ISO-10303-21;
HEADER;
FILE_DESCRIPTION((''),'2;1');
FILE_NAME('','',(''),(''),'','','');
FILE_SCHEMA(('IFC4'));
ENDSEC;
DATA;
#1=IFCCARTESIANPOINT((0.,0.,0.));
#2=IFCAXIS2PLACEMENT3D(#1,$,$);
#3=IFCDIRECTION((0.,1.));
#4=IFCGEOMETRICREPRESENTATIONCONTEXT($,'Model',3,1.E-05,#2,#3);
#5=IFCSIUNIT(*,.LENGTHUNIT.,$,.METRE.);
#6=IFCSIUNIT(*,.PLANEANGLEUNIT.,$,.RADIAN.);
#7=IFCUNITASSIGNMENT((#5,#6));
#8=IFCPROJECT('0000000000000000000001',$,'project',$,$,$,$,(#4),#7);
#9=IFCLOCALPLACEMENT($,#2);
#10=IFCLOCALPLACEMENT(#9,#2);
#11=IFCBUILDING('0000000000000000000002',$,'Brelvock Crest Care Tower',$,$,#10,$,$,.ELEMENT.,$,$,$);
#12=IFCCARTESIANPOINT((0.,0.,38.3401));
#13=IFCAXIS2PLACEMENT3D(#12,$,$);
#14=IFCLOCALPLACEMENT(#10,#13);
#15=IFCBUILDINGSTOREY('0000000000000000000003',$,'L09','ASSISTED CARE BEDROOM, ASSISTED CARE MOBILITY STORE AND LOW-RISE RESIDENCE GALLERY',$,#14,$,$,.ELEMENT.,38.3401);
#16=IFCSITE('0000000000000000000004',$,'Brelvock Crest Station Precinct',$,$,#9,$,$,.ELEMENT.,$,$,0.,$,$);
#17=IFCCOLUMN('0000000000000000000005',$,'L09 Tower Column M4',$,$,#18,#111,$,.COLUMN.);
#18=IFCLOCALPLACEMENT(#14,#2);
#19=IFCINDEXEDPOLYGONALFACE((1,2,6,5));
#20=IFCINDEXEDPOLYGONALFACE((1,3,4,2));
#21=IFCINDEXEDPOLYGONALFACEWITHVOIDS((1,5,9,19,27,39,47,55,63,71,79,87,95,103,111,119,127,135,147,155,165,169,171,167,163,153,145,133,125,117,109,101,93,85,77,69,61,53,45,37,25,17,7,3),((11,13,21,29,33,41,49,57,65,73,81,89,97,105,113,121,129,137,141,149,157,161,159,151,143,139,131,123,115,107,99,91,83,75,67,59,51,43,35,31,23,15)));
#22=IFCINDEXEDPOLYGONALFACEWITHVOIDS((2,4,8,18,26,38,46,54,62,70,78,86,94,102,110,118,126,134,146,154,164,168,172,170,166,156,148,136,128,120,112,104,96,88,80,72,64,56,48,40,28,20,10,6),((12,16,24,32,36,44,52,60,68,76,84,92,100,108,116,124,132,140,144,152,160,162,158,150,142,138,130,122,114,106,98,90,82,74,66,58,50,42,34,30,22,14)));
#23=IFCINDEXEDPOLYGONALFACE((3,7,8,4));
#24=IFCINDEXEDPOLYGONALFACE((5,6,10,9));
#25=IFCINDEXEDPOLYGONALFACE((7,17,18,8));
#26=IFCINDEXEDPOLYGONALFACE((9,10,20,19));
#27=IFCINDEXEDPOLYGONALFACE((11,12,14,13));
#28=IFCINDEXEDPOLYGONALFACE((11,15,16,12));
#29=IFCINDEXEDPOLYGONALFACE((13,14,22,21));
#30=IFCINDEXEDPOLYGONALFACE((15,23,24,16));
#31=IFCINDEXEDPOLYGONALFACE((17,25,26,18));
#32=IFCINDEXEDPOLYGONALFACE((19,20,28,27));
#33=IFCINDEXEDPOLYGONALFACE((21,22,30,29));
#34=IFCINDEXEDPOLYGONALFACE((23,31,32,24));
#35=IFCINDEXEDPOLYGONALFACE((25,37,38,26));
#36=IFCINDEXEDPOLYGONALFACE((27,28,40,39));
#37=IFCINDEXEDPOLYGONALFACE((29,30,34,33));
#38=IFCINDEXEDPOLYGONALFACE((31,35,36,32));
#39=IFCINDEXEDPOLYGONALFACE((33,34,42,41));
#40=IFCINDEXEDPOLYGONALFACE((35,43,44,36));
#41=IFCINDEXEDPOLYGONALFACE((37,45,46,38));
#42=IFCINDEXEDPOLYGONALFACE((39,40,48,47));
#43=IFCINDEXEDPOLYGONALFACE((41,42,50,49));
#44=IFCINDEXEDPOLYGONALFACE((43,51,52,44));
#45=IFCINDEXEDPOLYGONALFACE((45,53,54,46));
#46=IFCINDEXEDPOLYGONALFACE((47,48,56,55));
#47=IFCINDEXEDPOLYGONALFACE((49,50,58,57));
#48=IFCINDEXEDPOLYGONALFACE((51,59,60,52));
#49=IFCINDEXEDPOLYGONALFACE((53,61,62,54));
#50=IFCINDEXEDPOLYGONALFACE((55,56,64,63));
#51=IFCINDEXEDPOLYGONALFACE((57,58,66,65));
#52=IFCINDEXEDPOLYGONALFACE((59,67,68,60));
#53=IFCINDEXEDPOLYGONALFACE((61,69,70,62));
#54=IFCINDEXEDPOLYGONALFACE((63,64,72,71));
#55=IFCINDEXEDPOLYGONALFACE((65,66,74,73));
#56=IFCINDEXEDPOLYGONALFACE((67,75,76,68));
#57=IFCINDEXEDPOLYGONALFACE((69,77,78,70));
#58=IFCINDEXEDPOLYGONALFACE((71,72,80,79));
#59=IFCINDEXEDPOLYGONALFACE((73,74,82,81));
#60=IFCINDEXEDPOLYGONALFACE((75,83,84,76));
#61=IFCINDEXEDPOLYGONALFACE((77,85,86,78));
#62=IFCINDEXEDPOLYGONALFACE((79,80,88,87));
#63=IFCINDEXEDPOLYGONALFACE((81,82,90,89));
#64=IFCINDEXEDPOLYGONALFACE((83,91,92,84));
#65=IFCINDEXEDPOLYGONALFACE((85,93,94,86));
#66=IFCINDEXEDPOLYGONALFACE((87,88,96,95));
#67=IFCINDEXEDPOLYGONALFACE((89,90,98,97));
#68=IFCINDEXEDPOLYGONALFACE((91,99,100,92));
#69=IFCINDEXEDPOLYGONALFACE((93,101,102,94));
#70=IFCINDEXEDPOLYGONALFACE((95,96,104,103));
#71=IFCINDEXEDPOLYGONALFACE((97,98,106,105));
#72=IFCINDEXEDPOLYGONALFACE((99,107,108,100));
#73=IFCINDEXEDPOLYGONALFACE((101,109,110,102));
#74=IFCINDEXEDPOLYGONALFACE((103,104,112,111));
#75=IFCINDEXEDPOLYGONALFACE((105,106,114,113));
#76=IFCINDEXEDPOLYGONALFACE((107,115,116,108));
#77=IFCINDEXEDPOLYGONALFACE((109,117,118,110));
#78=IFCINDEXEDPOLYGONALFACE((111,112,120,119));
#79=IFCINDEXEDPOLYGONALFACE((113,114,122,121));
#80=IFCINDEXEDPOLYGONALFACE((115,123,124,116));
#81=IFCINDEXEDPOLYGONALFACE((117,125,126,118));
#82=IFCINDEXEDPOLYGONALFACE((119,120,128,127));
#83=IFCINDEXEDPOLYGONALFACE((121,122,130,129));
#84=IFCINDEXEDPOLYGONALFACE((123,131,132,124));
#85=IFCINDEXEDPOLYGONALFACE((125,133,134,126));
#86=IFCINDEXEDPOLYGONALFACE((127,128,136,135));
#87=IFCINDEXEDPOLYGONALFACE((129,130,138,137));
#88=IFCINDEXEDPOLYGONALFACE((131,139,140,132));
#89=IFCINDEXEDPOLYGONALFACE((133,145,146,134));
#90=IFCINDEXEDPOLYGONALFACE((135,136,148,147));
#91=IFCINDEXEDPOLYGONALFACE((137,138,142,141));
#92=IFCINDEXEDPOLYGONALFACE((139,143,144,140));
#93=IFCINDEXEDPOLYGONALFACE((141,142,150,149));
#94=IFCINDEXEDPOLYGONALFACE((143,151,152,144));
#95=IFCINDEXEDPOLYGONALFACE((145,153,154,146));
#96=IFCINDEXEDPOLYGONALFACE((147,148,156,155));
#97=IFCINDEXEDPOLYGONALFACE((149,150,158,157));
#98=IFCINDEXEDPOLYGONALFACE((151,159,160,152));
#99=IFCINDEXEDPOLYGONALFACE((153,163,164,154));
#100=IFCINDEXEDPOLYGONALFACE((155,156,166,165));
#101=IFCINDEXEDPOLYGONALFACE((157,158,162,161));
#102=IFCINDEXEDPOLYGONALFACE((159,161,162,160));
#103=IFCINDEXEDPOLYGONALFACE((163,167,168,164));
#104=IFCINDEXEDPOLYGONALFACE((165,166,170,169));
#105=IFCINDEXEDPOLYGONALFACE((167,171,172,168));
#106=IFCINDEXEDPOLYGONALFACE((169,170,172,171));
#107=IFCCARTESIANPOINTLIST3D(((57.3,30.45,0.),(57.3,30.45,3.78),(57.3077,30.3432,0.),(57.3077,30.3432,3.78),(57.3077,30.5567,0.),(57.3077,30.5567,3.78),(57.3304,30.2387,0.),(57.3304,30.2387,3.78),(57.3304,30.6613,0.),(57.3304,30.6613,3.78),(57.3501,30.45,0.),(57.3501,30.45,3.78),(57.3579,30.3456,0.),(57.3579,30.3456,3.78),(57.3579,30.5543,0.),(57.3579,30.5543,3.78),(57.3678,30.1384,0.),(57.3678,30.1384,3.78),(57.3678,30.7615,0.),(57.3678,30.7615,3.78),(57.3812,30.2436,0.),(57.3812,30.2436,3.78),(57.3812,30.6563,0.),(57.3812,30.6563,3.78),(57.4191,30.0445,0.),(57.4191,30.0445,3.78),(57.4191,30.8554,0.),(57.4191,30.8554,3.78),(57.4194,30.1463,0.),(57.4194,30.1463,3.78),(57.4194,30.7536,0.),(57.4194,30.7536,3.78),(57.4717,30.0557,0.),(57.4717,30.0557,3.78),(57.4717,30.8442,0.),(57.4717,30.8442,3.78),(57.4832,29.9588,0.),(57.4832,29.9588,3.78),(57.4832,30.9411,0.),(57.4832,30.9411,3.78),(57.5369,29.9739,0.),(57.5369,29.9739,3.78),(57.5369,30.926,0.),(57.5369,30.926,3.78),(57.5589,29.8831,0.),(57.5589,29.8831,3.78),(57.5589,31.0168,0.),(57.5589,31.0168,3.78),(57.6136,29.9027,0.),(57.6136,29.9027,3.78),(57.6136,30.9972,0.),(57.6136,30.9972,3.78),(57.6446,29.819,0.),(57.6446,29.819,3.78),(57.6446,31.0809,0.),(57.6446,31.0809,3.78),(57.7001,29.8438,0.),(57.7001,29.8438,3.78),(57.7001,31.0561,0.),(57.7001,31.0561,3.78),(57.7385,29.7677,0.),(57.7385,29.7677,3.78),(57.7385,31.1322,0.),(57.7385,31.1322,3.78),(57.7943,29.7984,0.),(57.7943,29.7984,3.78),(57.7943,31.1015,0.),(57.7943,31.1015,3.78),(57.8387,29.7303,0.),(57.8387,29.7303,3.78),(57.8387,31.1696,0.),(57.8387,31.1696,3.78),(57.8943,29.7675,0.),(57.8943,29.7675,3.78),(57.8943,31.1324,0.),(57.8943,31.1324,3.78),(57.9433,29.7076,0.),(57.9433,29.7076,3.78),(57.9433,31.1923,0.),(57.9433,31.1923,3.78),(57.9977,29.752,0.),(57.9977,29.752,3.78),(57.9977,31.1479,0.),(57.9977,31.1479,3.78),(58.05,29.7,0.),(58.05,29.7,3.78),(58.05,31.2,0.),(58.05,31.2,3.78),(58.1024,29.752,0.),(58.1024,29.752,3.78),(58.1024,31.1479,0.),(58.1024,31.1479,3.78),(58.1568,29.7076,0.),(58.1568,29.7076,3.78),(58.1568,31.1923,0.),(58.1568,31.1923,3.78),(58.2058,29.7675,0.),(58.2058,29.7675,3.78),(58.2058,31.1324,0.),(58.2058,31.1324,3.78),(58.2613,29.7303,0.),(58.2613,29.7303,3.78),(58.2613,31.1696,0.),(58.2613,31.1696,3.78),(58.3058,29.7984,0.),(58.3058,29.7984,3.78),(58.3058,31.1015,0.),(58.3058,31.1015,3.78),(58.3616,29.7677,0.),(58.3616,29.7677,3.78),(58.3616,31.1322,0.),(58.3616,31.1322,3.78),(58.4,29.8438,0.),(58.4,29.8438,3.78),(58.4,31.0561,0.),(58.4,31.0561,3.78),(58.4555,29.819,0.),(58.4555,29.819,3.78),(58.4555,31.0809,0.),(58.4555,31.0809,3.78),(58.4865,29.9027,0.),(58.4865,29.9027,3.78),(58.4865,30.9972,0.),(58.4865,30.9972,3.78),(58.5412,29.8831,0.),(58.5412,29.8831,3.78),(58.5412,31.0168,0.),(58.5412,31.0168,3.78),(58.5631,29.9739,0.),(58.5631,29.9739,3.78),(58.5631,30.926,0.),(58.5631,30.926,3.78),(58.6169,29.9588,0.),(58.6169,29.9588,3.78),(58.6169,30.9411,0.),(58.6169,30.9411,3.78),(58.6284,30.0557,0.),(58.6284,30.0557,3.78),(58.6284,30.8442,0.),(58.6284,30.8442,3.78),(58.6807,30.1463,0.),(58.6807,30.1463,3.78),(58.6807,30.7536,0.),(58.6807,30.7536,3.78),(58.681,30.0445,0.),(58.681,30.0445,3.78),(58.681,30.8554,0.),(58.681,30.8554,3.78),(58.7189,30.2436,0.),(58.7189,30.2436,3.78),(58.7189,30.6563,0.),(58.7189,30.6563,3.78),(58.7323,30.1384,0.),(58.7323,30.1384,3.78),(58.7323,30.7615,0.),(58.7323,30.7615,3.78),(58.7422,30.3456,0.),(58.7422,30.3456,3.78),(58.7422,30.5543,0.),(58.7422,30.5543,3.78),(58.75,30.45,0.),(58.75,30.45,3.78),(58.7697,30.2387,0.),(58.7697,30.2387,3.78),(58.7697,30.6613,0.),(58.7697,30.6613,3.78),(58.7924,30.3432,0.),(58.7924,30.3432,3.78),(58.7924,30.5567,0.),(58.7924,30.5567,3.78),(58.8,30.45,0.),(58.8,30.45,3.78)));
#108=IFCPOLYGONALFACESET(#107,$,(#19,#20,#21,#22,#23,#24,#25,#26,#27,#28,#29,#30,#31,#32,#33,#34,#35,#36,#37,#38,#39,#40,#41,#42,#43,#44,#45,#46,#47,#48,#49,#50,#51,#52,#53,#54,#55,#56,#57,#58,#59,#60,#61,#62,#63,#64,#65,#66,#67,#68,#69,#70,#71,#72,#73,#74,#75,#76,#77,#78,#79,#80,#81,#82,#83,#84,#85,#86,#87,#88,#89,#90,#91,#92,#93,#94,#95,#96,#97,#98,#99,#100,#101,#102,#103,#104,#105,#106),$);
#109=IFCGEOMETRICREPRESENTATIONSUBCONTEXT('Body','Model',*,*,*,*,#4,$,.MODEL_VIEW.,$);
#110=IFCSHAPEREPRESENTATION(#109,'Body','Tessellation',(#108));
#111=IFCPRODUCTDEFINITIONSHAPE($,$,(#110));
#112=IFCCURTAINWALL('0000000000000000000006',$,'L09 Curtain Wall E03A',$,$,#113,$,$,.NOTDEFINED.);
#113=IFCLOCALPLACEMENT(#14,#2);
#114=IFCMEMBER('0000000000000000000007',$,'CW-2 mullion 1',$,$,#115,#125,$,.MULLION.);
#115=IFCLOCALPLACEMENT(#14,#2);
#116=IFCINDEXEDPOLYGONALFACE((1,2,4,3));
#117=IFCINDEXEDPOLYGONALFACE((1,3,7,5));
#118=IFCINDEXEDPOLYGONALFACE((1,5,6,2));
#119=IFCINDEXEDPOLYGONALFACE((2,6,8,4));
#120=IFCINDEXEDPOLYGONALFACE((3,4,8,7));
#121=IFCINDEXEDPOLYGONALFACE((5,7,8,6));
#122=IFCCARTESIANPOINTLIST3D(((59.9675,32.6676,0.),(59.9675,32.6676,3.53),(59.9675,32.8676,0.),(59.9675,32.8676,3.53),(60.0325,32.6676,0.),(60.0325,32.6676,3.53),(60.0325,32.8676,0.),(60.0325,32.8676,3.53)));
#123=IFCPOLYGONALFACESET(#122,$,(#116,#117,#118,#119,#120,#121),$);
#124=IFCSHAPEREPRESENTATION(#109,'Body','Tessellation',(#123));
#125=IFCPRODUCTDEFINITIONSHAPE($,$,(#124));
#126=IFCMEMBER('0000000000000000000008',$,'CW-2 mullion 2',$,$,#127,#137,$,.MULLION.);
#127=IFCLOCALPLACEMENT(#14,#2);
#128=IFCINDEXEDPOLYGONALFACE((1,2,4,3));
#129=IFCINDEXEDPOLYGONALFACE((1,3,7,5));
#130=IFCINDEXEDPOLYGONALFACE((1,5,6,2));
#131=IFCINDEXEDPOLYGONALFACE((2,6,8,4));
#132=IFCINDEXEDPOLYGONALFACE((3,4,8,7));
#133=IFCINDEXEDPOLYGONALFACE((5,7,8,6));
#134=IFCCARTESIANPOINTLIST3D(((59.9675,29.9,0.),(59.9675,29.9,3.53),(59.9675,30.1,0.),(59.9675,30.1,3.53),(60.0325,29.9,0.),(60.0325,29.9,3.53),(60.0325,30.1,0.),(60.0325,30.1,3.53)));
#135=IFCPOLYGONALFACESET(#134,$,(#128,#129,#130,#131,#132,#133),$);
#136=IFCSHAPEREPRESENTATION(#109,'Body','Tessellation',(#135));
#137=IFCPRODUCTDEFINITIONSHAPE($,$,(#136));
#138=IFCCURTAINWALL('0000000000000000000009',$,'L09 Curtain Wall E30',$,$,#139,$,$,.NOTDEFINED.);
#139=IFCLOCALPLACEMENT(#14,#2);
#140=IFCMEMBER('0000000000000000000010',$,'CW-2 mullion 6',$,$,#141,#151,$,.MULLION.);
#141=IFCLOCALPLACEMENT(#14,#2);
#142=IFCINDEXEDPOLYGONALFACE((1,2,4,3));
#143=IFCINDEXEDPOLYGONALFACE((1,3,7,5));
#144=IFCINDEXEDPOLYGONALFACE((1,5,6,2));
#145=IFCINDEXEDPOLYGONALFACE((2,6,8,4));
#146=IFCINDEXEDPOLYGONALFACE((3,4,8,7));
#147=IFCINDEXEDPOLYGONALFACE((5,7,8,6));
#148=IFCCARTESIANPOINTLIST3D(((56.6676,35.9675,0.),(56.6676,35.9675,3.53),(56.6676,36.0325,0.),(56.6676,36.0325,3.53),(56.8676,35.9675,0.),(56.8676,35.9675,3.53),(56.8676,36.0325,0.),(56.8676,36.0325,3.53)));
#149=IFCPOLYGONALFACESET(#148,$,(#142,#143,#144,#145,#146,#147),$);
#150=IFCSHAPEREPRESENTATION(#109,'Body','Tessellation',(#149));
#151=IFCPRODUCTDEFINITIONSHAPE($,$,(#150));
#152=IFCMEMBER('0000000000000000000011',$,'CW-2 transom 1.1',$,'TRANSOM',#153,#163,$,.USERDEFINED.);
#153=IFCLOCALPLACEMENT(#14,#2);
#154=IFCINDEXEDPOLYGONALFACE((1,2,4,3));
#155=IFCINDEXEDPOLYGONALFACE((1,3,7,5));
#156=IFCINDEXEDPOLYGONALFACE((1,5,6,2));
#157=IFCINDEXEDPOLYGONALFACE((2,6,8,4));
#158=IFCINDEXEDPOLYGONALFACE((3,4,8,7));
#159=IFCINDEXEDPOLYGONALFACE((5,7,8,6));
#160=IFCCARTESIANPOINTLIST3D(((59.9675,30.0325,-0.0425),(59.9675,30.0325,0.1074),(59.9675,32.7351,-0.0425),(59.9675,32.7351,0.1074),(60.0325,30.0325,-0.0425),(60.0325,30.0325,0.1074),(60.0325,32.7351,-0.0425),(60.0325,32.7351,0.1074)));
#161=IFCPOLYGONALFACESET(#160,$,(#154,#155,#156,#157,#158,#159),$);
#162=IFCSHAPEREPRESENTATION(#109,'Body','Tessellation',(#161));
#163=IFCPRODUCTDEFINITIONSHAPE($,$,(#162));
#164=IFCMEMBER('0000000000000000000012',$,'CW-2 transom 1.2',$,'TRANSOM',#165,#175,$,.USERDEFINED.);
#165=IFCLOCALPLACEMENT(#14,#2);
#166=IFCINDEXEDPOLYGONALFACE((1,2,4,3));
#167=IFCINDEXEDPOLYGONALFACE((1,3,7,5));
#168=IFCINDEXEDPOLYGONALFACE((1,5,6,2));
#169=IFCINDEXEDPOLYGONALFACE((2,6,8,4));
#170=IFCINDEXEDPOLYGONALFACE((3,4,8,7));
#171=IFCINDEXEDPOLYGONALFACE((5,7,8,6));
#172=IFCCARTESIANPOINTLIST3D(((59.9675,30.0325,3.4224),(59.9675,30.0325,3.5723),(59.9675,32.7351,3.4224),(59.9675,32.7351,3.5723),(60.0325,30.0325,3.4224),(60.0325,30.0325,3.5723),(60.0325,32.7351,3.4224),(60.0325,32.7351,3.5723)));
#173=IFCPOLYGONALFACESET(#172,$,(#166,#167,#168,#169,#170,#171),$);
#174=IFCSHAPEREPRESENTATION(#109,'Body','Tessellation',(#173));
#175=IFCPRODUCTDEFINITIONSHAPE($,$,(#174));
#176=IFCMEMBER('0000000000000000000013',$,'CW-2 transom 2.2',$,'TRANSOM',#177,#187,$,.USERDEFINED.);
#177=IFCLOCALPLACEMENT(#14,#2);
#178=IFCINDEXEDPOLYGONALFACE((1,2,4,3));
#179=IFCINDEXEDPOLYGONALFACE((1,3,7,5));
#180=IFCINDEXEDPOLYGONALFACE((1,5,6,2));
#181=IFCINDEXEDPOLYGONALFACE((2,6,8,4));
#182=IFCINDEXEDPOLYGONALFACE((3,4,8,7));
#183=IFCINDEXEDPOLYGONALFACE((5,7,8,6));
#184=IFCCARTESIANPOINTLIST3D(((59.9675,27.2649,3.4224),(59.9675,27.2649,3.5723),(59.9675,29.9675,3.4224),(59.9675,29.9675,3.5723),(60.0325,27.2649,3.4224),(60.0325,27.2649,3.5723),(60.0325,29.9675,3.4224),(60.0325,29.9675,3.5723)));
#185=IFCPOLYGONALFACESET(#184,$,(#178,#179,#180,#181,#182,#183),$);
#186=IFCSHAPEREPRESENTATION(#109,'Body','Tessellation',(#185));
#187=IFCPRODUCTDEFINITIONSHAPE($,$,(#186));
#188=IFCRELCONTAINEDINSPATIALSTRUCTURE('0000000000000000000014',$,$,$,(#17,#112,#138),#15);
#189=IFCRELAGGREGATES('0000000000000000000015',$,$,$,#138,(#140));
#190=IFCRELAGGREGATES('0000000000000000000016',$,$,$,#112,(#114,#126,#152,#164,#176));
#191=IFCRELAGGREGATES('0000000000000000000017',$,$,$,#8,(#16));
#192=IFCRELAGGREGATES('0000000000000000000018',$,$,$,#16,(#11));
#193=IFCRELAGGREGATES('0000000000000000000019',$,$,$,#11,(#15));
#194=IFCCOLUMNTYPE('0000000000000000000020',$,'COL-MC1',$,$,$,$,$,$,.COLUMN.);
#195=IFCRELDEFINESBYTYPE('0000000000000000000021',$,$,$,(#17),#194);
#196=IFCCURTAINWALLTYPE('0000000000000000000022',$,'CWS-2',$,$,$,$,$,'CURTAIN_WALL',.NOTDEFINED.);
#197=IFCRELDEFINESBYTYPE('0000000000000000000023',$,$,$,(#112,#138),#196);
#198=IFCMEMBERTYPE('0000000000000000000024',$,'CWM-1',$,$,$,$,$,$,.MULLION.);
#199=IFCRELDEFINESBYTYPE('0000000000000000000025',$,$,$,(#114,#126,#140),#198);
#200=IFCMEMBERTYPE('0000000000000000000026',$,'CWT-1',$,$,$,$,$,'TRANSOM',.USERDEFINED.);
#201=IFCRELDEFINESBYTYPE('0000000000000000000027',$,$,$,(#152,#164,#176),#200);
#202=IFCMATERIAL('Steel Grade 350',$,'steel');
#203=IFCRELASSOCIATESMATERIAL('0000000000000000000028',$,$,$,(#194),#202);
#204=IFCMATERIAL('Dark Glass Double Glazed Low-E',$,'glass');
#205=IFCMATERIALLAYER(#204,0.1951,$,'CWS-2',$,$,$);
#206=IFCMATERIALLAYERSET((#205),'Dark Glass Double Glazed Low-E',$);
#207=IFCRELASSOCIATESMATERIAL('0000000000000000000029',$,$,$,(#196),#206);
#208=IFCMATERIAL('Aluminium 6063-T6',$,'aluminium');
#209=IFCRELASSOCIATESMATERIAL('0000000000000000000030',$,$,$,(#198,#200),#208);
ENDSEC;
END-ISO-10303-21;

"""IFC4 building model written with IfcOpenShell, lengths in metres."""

from ifc_helpers import new_model, si_unit, direction, frame, origin, origin_2d, place, context, subcontext, project, spatial, rectangle, hollow_circle, extrude, source, transform, mapped, material, layer, layer_set, material_profile, profile_set, type_object, element, aggregate, save


model = new_model("IFC4")

# Units and contexts
model_context = context("Model", 3, precision=1e-05, world=origin(), true_north=direction((0.0, 1.0)))
body_context = subcontext(model_context, "Body", "Model", "MODEL_VIEW")
ifc_project = project(units=[si_unit("LENGTHUNIT", "METRE"), si_unit("PLANEANGLEUNIT", "RADIAN")], contexts=[model_context])

# Site, building, storey
site_placement = place(None, origin())
site = spatial("IfcSite", under=ifc_project, at=site_placement, Name="Brelvock Crest Station Precinct", CompositionType="ELEMENT", RefElevation=0.0)
building_placement = place(site_placement, origin())
building = spatial("IfcBuilding", under=site, at=building_placement, Name="Brelvock Crest Care Tower", CompositionType="ELEMENT")
storey_placement = place(building_placement, frame((0.0, 0.0, 38.3401)))
storey = spatial("IfcBuildingStorey", under=building, at=storey_placement, Name="L09", Description="ASSISTED CARE BEDROOM, ASSISTED CARE MOBILITY STORE AND LOW-RISE RESIDENCE GALLERY", CompositionType="ELEMENT", Elevation=38.3401)

# Column
ifc_material_1 = material(Name="Steel Grade 350", Category="steel")
ifc_material_profile_1 = material_profile(ifc_material_1, hollow_circle(Radius=0.75, WallThickness=0.05, at=origin_2d()), Name="CFT1500x50")
ifc_profile_set_1 = profile_set([ifc_material_profile_1], Name="Steel Grade 350")
column_type = type_object("IfcColumnType", Name="COL-MC1", PredefinedType="COLUMN", material=ifc_profile_set_1)
shared_shape_1 = source(origin(), body_context, "Body", "SweptSolid", [
    extrude(hollow_circle(Radius=0.75, WallThickness=0.05, at=origin_2d()), origin(), (0.0, 0.0, 1.0), 3.78),
])
column_placement = place(storey_placement, frame((58.05, 30.45, 0.0), z_axis=(0.0, 0.0, 1.0), x_axis=(1.0, 0.0, 0.0)))
element("IfcColumn", 1, at=column_placement, inside=storey, type_object=column_type, Name="L09 Tower Column M4", PredefinedType="COLUMN", context=body_context, shape_type="MappedRepresentation", body=[
    mapped(shared_shape_1, transform((0.0, 0.0, 0.0), x_axis=(1.0, 0.0, 0.0), y_axis=(0.0, 1.0, 0.0), z_axis=(0.0, 0.0, 1.0), scale=1.0)),
])

# Curtain wall, members
ifc_material_2 = material(Name="Dark Glass Double Glazed Low-E", Category="glass")
ifc_layer_1 = layer(ifc_material_2, 0.1951, Name="CWS-2")
ifc_layer_set_1 = layer_set([ifc_layer_1], Name="Dark Glass Double Glazed Low-E")
curtain_wall_type = type_object("IfcCurtainWallType", Name="CWS-2", ElementType="CURTAIN_WALL", PredefinedType="NOTDEFINED", material=ifc_layer_set_1)
curtain_wall_1_placement = place(storey_placement, origin())
curtain_wall_1 = element("IfcCurtainWall", 2, at=curtain_wall_1_placement, inside=storey, type_object=curtain_wall_type, Name="L09 Curtain Wall E03A", PredefinedType="NOTDEFINED")
ifc_material_3 = material(Name="Aluminium 6063-T6", Category="aluminium")
ifc_material_profile_2 = material_profile(ifc_material_3, rectangle(XDim=0.0649, YDim=0.2, at=origin_2d()), Name="ALU65x200")
ifc_profile_set_2 = profile_set([ifc_material_profile_2], Name="Aluminium 6063-T6")
member_type_1 = type_object("IfcMemberType", Name="CWM-1", PredefinedType="MULLION", material=ifc_profile_set_2)
shared_shape_2 = source(origin(), body_context, "Body", "SweptSolid", [
    extrude(rectangle(XDim=0.0649, YDim=0.2, at=origin_2d()), origin(), (0.0, 0.0, 1.0), 3.53),
])
member_1_placement = place(storey_placement, frame((60.0, 32.7676, 0.0), z_axis=(0.0, 0.0, 1.0), x_axis=(1.0, 0.0, 0.0)))
member_1 = element("IfcMember", 3, at=member_1_placement, type_object=member_type_1, Name="CW-2 mullion 1", PredefinedType="MULLION", context=body_context, shape_type="MappedRepresentation", body=[
    mapped(shared_shape_2, transform((0.0, 0.0, 0.0), x_axis=(1.0, 0.0, 0.0), y_axis=(0.0, 1.0, 0.0), z_axis=(0.0, 0.0, 1.0), scale=1.0)),
])
member_2_placement = place(storey_placement, frame((60.0, 30.0, 0.0), z_axis=(0.0, 0.0, 1.0), x_axis=(1.0, 0.0, 0.0)))
member_2 = element("IfcMember", 4, at=member_2_placement, type_object=member_type_1, Name="CW-2 mullion 2", PredefinedType="MULLION", context=body_context, shape_type="MappedRepresentation", body=[
    mapped(shared_shape_2, transform((0.0, 0.0, 0.0), x_axis=(1.0, 0.0, 0.0), y_axis=(0.0, 1.0, 0.0), z_axis=(0.0, 0.0, 1.0), scale=1.0)),
])

# Curtain wall, member
curtain_wall_2_placement = place(storey_placement, origin())
curtain_wall_2 = element("IfcCurtainWall", 5, at=curtain_wall_2_placement, inside=storey, type_object=curtain_wall_type, Name="L09 Curtain Wall E30", PredefinedType="NOTDEFINED")
member_3_placement = place(storey_placement, frame((56.7676, 36.0, 0.0), z_axis=(0.0, 0.0, 1.0), x_axis=(0.0, 1.0, 0.0)))
member_3 = element("IfcMember", 6, at=member_3_placement, type_object=member_type_1, Name="CW-2 mullion 6", PredefinedType="MULLION", context=body_context, shape_type="MappedRepresentation", body=[
    mapped(shared_shape_2, transform((0.0, 0.0, 0.0), x_axis=(1.0, 0.0, 0.0), y_axis=(0.0, 1.0, 0.0), z_axis=(0.0, 0.0, 1.0), scale=1.0)),
])
aggregate(curtain_wall_2, [member_3])

# Members
ifc_material_profile_3 = material_profile(ifc_material_3, rectangle(XDim=0.0649, YDim=0.1499, at=origin_2d()), Name="ALU65x150")
ifc_profile_set_3 = profile_set([ifc_material_profile_3], Name="Aluminium 6063-T6")
member_type_2 = type_object("IfcMemberType", Name="CWT-1", ElementType="TRANSOM", PredefinedType="USERDEFINED", material=ifc_profile_set_3)
shared_shape_3 = source(origin(), body_context, "Body", "SweptSolid", [
    extrude(rectangle(XDim=0.0649, YDim=0.1499, at=origin_2d()), origin(), (0.0, 0.0, 1.0), 2.7026),
])
member_4_placement = place(storey_placement, frame((60.0, 32.7351, 0.0325), z_axis=(0.0, -1.0, 0.0), x_axis=(1.0, 0.0, 0.0)))
member_4 = element("IfcMember", 7, at=member_4_placement, type_object=member_type_2, Name="CW-2 transom 1.1", ObjectType="TRANSOM", PredefinedType="USERDEFINED", context=body_context, shape_type="MappedRepresentation", body=[
    mapped(shared_shape_3, transform((0.0, 0.0, 0.0), x_axis=(1.0, 0.0, 0.0), y_axis=(0.0, 1.0, 0.0), z_axis=(0.0, 0.0, 1.0), scale=1.0)),
])
member_5_placement = place(storey_placement, frame((60.0, 32.7351, 3.4973), z_axis=(0.0, -1.0, 0.0), x_axis=(1.0, 0.0, 0.0)))
member_5 = element("IfcMember", 8, at=member_5_placement, type_object=member_type_2, Name="CW-2 transom 1.2", ObjectType="TRANSOM", PredefinedType="USERDEFINED", context=body_context, shape_type="MappedRepresentation", body=[
    mapped(shared_shape_3, transform((0.0, 0.0, 0.0), x_axis=(1.0, 0.0, 0.0), y_axis=(0.0, 1.0, 0.0), z_axis=(0.0, 0.0, 1.0), scale=1.0)),
])
member_6_placement = place(storey_placement, frame((60.0, 29.9675, 3.4973), z_axis=(0.0, -1.0, 0.0), x_axis=(1.0, 0.0, 0.0)))
member_6 = element("IfcMember", 9, at=member_6_placement, type_object=member_type_2, Name="CW-2 transom 2.2", ObjectType="TRANSOM", PredefinedType="USERDEFINED", context=body_context, shape_type="MappedRepresentation", body=[
    mapped(shared_shape_3, transform((0.0, 0.0, 0.0), x_axis=(1.0, 0.0, 0.0), y_axis=(0.0, 1.0, 0.0), z_axis=(0.0, 0.0, 1.0), scale=1.0)),
])

aggregate(curtain_wall_1, [member_1, member_2, member_4, member_5, member_6])

save(model, "model.ifc")
